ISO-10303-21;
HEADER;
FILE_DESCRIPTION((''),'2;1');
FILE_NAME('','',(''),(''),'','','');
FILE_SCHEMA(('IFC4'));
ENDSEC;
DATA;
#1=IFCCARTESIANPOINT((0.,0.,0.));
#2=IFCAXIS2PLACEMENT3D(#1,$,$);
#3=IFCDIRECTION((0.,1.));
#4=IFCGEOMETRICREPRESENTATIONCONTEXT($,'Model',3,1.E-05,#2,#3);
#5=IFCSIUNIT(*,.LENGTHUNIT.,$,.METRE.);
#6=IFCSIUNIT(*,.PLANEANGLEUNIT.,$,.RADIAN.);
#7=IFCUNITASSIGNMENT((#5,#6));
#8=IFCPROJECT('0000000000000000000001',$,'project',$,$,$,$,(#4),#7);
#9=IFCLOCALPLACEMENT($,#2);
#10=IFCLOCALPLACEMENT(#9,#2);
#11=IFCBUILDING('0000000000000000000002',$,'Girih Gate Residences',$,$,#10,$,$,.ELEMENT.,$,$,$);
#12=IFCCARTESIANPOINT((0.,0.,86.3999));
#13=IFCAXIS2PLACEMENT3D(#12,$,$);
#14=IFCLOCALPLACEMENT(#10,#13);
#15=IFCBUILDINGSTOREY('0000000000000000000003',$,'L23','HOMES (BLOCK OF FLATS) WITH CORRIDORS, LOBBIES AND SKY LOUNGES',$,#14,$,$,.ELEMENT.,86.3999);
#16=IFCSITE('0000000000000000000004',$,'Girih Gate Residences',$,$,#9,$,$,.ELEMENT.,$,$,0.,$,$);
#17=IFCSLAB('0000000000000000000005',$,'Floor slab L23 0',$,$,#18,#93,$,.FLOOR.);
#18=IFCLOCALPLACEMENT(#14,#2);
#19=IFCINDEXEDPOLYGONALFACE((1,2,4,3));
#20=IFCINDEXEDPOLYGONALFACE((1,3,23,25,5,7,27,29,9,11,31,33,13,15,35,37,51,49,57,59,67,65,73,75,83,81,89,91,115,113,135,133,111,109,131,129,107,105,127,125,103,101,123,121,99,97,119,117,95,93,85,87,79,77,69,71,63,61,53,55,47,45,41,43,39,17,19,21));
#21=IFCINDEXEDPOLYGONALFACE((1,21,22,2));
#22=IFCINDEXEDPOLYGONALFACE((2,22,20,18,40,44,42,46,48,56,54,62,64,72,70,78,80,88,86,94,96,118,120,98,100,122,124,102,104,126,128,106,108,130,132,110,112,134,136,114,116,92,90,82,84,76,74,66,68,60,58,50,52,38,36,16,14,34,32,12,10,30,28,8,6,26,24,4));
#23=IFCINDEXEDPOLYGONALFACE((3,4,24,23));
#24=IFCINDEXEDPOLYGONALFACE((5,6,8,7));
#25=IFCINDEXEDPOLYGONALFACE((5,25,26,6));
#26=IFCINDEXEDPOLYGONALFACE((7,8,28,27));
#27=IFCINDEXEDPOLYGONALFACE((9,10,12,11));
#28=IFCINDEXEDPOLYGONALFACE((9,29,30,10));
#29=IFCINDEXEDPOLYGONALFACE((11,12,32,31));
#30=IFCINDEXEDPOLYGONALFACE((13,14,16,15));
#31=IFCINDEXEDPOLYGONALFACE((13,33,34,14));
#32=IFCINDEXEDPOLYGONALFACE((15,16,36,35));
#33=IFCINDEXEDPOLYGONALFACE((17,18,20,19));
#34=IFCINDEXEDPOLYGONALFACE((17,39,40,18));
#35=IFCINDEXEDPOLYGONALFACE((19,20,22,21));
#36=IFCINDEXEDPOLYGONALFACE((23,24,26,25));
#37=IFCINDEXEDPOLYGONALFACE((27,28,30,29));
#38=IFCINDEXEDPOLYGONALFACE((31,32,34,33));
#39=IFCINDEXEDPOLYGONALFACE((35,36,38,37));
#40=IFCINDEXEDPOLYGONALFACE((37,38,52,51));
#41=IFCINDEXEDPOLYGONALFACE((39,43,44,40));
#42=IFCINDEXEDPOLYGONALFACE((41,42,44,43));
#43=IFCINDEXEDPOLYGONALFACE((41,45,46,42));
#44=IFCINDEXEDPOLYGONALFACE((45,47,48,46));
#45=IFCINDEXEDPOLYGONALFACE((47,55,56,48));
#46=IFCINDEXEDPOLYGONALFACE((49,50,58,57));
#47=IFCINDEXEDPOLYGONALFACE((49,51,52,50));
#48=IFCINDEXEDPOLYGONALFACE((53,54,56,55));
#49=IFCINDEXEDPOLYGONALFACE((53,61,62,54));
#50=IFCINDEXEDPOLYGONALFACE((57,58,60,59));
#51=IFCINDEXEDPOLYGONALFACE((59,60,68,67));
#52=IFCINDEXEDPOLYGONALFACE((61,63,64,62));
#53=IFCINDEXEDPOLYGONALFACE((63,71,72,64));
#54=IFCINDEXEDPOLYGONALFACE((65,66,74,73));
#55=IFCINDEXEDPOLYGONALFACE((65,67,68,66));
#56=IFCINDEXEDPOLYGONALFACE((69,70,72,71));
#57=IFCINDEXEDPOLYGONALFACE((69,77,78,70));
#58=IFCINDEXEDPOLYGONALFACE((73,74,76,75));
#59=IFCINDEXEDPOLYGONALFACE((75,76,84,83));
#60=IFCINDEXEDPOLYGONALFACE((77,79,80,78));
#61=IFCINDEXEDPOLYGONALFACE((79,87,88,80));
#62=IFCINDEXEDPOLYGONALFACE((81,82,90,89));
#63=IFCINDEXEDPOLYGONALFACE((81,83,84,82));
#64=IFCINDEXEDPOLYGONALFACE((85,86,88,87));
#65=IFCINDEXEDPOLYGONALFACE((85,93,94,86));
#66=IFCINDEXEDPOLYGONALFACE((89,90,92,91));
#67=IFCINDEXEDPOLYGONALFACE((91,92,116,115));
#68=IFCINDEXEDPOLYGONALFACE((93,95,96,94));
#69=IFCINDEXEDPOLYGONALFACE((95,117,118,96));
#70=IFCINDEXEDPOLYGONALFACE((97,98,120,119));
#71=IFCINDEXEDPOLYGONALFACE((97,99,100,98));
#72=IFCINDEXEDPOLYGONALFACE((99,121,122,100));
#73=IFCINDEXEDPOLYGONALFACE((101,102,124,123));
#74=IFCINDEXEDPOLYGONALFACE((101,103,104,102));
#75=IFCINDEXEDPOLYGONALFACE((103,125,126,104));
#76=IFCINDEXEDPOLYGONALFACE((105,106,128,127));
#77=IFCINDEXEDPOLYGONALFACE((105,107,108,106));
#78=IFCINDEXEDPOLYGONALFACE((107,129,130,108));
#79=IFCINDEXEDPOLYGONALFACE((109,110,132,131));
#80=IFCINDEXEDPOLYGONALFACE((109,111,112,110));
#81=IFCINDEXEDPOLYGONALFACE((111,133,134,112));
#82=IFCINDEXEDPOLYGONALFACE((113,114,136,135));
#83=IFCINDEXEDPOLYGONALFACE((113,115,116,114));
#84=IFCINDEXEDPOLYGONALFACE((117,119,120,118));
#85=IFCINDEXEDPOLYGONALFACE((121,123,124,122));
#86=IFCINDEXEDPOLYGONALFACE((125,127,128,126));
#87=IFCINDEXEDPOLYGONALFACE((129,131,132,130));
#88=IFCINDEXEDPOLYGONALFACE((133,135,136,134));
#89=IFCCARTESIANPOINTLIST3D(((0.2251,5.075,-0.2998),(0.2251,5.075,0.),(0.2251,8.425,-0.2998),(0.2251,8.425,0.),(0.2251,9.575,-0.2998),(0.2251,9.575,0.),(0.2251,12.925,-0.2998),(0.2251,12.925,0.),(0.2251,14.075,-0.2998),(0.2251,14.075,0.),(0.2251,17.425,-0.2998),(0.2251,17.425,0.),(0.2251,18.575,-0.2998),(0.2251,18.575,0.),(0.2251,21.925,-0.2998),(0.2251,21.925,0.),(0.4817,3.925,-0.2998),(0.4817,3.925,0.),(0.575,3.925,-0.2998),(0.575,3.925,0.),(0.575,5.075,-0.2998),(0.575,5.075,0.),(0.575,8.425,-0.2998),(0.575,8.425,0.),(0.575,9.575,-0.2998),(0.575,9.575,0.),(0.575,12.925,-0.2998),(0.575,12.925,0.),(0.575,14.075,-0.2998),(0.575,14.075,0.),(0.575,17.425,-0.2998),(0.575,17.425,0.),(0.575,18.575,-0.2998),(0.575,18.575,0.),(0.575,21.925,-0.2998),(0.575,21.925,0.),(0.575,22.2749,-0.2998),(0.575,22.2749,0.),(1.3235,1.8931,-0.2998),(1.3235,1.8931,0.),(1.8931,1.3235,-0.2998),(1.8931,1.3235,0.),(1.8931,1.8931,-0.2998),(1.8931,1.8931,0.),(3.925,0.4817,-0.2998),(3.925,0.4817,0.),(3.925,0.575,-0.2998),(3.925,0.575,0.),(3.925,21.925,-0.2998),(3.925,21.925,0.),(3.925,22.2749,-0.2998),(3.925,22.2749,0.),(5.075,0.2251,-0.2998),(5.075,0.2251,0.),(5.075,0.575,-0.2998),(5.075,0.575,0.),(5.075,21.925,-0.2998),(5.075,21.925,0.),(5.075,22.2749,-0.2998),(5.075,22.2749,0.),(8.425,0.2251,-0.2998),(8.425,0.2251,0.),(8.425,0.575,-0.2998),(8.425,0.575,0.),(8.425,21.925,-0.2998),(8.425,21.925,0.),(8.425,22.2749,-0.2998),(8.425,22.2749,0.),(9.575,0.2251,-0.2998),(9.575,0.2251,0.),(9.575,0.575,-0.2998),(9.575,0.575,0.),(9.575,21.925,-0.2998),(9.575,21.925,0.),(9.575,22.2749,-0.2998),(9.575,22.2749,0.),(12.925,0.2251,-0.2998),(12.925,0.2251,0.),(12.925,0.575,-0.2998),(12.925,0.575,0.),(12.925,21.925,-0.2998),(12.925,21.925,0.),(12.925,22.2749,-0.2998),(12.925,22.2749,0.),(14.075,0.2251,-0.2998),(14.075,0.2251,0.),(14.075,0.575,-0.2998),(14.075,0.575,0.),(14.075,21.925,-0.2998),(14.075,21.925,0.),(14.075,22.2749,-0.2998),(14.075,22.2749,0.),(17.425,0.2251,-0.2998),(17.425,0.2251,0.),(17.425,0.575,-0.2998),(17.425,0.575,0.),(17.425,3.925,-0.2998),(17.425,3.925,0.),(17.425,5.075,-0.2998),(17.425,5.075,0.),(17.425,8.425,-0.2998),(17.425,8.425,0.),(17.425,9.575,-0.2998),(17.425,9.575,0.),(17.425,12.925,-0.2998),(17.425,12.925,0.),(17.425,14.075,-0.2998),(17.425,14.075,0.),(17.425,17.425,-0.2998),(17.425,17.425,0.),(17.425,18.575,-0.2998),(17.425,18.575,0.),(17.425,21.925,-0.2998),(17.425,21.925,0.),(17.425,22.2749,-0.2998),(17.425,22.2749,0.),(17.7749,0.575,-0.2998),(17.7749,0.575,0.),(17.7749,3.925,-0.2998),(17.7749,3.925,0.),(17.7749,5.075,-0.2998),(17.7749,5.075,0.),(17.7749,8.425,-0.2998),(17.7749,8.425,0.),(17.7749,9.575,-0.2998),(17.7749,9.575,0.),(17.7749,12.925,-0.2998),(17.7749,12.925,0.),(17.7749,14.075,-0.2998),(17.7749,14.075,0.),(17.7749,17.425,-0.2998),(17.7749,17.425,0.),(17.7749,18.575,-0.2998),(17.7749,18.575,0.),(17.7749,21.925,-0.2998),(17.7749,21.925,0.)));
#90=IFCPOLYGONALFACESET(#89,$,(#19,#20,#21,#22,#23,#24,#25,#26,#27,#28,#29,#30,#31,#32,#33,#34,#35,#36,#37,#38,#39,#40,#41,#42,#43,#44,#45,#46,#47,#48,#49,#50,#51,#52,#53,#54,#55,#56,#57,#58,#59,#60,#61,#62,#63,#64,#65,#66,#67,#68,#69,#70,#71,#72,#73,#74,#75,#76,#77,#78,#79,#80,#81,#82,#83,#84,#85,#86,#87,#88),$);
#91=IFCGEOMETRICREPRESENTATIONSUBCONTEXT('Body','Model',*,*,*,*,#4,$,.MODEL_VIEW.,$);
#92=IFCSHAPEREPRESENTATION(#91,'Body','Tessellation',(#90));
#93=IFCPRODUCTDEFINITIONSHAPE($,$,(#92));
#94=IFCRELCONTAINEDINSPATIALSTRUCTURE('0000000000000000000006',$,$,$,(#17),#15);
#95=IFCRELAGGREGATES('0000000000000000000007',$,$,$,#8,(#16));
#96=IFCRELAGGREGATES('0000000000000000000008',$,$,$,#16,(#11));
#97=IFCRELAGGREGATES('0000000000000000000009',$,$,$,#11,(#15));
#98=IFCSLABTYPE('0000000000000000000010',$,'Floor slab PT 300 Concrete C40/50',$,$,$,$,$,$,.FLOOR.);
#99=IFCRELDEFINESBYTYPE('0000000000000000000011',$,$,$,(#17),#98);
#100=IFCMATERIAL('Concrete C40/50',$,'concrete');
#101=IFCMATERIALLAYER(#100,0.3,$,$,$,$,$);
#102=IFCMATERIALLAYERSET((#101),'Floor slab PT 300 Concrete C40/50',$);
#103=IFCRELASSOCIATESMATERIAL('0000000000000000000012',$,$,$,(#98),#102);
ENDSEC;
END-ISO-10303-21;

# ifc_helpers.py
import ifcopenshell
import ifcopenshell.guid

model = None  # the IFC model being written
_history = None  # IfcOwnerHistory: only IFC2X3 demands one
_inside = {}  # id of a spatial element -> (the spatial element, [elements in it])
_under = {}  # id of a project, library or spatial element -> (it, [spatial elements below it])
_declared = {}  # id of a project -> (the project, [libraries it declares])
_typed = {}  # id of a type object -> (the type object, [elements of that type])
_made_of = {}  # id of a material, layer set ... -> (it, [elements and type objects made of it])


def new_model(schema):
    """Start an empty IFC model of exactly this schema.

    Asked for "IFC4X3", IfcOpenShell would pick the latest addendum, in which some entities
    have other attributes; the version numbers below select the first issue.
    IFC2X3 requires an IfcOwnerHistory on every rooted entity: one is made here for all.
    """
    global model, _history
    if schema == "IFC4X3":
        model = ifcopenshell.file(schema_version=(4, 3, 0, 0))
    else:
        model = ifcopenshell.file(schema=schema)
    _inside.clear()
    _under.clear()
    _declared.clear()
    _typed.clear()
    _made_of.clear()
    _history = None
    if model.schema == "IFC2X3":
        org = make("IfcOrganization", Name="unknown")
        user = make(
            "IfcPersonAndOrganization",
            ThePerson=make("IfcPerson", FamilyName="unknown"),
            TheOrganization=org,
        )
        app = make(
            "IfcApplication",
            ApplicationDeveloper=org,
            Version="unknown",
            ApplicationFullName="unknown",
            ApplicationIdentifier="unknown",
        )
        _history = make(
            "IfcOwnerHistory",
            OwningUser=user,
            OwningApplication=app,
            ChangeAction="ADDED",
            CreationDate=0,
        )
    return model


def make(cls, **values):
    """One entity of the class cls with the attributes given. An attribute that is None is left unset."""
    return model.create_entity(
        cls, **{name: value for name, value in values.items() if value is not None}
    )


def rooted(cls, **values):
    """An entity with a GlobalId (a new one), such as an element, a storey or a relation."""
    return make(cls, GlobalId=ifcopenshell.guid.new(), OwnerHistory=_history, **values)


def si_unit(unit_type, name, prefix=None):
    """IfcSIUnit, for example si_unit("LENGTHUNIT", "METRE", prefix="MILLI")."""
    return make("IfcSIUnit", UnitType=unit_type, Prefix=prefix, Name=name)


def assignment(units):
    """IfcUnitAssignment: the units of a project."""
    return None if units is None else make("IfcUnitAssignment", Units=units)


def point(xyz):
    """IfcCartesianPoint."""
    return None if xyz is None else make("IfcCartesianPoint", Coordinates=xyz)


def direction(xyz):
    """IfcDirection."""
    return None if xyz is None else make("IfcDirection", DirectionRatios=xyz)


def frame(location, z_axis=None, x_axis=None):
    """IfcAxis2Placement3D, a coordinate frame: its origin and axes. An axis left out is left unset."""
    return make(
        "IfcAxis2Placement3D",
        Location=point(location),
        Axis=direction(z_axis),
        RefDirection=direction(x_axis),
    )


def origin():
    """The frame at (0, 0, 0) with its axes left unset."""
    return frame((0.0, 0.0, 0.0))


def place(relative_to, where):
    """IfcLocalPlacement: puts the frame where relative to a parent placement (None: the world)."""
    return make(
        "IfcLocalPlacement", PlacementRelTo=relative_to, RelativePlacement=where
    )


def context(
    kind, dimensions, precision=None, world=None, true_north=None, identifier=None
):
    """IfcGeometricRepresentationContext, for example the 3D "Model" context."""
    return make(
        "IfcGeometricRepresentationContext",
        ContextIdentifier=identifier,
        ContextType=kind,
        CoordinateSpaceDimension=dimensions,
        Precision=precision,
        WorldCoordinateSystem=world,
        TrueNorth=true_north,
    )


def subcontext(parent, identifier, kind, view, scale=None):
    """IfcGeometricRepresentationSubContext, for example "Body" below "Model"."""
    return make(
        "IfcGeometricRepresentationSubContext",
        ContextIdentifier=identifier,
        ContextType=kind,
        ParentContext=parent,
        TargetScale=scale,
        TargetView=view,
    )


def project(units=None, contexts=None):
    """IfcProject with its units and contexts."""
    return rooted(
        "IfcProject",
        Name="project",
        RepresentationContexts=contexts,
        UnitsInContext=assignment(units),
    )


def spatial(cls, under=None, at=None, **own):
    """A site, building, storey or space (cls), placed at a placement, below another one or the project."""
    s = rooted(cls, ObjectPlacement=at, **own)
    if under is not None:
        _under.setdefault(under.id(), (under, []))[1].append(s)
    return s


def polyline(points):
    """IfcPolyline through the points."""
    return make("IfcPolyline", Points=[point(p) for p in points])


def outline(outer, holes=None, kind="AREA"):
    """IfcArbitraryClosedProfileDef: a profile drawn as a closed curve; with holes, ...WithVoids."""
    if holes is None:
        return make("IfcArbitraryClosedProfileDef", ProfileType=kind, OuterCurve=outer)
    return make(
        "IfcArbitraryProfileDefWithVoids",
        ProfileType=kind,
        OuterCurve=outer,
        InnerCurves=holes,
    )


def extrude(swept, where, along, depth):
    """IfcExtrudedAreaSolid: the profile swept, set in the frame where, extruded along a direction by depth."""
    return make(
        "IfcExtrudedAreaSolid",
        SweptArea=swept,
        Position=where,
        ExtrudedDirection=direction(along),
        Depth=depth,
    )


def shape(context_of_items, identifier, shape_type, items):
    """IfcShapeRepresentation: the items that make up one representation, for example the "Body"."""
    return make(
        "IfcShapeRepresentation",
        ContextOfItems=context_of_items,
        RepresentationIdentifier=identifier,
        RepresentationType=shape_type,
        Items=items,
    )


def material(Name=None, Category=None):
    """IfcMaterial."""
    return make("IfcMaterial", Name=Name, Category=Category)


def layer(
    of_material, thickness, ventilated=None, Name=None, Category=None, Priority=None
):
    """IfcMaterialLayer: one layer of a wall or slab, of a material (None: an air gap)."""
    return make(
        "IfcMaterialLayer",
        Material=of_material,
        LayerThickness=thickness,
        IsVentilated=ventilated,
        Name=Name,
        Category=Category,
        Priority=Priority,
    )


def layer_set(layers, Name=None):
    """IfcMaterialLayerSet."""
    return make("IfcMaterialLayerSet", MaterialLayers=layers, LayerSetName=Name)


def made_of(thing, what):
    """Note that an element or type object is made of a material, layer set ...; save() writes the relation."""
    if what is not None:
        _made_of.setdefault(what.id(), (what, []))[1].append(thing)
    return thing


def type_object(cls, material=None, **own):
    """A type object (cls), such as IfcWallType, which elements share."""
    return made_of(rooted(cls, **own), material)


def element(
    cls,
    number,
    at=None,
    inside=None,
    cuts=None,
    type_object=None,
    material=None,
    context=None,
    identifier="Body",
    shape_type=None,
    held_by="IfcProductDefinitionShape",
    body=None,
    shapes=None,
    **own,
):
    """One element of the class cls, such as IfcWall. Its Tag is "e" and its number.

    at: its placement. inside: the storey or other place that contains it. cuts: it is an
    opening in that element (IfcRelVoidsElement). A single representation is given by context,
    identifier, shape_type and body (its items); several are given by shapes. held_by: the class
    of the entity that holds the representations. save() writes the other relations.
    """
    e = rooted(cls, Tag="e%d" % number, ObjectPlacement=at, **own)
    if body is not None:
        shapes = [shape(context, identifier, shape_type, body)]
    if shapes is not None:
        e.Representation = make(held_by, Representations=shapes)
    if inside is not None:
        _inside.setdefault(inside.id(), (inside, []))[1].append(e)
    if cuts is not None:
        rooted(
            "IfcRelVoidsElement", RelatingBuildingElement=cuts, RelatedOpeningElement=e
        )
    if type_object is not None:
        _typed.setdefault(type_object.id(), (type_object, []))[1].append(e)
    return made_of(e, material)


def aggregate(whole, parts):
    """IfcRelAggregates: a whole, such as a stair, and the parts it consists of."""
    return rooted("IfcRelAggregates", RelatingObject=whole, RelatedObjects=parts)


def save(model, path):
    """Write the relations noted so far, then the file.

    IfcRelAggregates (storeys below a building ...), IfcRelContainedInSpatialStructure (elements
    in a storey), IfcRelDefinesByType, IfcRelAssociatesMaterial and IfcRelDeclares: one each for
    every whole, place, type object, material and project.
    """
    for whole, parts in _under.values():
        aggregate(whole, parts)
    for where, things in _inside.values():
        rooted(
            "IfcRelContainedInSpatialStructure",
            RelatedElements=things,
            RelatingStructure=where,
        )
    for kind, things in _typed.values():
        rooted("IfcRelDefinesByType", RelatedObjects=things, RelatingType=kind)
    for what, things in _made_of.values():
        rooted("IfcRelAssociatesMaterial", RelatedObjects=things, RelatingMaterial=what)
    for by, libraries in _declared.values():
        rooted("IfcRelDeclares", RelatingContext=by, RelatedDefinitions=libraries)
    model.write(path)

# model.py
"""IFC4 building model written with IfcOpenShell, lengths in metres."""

from ifc_helpers import new_model, si_unit, direction, frame, origin, place, context, subcontext, project, spatial, polyline, outline, extrude, material, layer, layer_set, type_object, element, save


model = new_model("IFC4")

# Units and contexts
model_context = context("Model", 3, precision=1e-05, world=origin(), true_north=direction((0.0, 1.0)))
body_context = subcontext(model_context, "Body", "Model", "MODEL_VIEW")
ifc_project = project(units=[si_unit("LENGTHUNIT", "METRE"), si_unit("PLANEANGLEUNIT", "RADIAN")], contexts=[model_context])

# Site, building, storey
site_placement = place(None, origin())
site = spatial("IfcSite", under=ifc_project, at=site_placement, Name="Girih Gate Residences", CompositionType="ELEMENT", RefElevation=0.0)
building_placement = place(site_placement, origin())
building = spatial("IfcBuilding", under=site, at=building_placement, Name="Girih Gate Residences", CompositionType="ELEMENT")
storey_placement = place(building_placement, frame((0.0, 0.0, 86.3999)))
storey = spatial("IfcBuildingStorey", under=building, at=storey_placement, Name="L23", Description="HOMES (BLOCK OF FLATS) WITH CORRIDORS, LOBBIES AND SKY LOUNGES", CompositionType="ELEMENT", Elevation=86.3999)

# Slab
ifc_material_1 = material(Name="Concrete C40/50", Category="concrete")
ifc_layer_1 = layer(ifc_material_1, 0.3)
ifc_layer_set_1 = layer_set([ifc_layer_1], Name="Floor slab PT 300 Concrete C40/50")
slab_type_1 = type_object("IfcSlabType", Name="Floor slab PT 300 Concrete C40/50", PredefinedType="FLOOR", material=ifc_layer_set_1)
slab_1_placement = place(storey_placement, frame((0.0, 0.0, -0.2998)))
element("IfcSlab", 1, at=slab_1_placement, inside=storey, type_object=slab_type_1, Name="Floor slab L23 0", PredefinedType="FLOOR", context=body_context, shape_type="SweptSolid", body=[
    extrude(outline(polyline([(0.2251, 8.425), (0.2251, 5.075), (0.575, 5.075), (0.575, 3.925), (0.4817, 3.925), (1.3235, 1.8931), (1.8931, 1.8931), (1.8931, 1.3235), (3.925, 0.4817), (3.925, 0.575), (5.075, 0.575), (5.075, 0.2251), (8.425, 0.2251), (8.425, 0.575), (9.575, 0.575), (9.575, 0.2251), (12.925, 0.2251), (12.925, 0.575), (14.075, 0.575), (14.075, 0.2251), (17.425, 0.2251), (17.425, 0.575), (17.7749, 0.575), (17.7749, 3.925), (17.425, 3.925), (17.425, 5.075), (17.7749, 5.075), (17.7749, 8.425), (17.425, 8.425), (17.425, 9.575), (17.7749, 9.575), (17.7749, 12.925), (17.425, 12.925), (17.425, 14.075), (17.7749, 14.075), (17.7749, 17.425), (17.425, 17.425), (17.425, 18.575), (17.7749, 18.575), (17.7749, 21.925), (17.425, 21.925), (17.425, 22.2749), (14.075, 22.2749), (14.075, 21.925), (12.925, 21.925), (12.925, 22.2749), (9.575, 22.2749), (9.575, 21.925), (8.425, 21.925), (8.425, 22.2749), (5.075, 22.2749), (5.075, 21.925), (3.925, 21.925), (3.925, 22.2749), (0.575, 22.2749), (0.575, 21.925), (0.2251, 21.925), (0.2251, 18.575), (0.575, 18.575), (0.575, 17.425), (0.2251, 17.425), (0.2251, 14.075), (0.575, 14.075), (0.575, 12.925), (0.2251, 12.925), (0.2251, 9.575), (0.575, 9.575), (0.575, 8.425), (0.2251, 8.425)])), origin(), (0.0, 0.0, 1.0), 0.2998),
])

save(model, "model.ifc")
